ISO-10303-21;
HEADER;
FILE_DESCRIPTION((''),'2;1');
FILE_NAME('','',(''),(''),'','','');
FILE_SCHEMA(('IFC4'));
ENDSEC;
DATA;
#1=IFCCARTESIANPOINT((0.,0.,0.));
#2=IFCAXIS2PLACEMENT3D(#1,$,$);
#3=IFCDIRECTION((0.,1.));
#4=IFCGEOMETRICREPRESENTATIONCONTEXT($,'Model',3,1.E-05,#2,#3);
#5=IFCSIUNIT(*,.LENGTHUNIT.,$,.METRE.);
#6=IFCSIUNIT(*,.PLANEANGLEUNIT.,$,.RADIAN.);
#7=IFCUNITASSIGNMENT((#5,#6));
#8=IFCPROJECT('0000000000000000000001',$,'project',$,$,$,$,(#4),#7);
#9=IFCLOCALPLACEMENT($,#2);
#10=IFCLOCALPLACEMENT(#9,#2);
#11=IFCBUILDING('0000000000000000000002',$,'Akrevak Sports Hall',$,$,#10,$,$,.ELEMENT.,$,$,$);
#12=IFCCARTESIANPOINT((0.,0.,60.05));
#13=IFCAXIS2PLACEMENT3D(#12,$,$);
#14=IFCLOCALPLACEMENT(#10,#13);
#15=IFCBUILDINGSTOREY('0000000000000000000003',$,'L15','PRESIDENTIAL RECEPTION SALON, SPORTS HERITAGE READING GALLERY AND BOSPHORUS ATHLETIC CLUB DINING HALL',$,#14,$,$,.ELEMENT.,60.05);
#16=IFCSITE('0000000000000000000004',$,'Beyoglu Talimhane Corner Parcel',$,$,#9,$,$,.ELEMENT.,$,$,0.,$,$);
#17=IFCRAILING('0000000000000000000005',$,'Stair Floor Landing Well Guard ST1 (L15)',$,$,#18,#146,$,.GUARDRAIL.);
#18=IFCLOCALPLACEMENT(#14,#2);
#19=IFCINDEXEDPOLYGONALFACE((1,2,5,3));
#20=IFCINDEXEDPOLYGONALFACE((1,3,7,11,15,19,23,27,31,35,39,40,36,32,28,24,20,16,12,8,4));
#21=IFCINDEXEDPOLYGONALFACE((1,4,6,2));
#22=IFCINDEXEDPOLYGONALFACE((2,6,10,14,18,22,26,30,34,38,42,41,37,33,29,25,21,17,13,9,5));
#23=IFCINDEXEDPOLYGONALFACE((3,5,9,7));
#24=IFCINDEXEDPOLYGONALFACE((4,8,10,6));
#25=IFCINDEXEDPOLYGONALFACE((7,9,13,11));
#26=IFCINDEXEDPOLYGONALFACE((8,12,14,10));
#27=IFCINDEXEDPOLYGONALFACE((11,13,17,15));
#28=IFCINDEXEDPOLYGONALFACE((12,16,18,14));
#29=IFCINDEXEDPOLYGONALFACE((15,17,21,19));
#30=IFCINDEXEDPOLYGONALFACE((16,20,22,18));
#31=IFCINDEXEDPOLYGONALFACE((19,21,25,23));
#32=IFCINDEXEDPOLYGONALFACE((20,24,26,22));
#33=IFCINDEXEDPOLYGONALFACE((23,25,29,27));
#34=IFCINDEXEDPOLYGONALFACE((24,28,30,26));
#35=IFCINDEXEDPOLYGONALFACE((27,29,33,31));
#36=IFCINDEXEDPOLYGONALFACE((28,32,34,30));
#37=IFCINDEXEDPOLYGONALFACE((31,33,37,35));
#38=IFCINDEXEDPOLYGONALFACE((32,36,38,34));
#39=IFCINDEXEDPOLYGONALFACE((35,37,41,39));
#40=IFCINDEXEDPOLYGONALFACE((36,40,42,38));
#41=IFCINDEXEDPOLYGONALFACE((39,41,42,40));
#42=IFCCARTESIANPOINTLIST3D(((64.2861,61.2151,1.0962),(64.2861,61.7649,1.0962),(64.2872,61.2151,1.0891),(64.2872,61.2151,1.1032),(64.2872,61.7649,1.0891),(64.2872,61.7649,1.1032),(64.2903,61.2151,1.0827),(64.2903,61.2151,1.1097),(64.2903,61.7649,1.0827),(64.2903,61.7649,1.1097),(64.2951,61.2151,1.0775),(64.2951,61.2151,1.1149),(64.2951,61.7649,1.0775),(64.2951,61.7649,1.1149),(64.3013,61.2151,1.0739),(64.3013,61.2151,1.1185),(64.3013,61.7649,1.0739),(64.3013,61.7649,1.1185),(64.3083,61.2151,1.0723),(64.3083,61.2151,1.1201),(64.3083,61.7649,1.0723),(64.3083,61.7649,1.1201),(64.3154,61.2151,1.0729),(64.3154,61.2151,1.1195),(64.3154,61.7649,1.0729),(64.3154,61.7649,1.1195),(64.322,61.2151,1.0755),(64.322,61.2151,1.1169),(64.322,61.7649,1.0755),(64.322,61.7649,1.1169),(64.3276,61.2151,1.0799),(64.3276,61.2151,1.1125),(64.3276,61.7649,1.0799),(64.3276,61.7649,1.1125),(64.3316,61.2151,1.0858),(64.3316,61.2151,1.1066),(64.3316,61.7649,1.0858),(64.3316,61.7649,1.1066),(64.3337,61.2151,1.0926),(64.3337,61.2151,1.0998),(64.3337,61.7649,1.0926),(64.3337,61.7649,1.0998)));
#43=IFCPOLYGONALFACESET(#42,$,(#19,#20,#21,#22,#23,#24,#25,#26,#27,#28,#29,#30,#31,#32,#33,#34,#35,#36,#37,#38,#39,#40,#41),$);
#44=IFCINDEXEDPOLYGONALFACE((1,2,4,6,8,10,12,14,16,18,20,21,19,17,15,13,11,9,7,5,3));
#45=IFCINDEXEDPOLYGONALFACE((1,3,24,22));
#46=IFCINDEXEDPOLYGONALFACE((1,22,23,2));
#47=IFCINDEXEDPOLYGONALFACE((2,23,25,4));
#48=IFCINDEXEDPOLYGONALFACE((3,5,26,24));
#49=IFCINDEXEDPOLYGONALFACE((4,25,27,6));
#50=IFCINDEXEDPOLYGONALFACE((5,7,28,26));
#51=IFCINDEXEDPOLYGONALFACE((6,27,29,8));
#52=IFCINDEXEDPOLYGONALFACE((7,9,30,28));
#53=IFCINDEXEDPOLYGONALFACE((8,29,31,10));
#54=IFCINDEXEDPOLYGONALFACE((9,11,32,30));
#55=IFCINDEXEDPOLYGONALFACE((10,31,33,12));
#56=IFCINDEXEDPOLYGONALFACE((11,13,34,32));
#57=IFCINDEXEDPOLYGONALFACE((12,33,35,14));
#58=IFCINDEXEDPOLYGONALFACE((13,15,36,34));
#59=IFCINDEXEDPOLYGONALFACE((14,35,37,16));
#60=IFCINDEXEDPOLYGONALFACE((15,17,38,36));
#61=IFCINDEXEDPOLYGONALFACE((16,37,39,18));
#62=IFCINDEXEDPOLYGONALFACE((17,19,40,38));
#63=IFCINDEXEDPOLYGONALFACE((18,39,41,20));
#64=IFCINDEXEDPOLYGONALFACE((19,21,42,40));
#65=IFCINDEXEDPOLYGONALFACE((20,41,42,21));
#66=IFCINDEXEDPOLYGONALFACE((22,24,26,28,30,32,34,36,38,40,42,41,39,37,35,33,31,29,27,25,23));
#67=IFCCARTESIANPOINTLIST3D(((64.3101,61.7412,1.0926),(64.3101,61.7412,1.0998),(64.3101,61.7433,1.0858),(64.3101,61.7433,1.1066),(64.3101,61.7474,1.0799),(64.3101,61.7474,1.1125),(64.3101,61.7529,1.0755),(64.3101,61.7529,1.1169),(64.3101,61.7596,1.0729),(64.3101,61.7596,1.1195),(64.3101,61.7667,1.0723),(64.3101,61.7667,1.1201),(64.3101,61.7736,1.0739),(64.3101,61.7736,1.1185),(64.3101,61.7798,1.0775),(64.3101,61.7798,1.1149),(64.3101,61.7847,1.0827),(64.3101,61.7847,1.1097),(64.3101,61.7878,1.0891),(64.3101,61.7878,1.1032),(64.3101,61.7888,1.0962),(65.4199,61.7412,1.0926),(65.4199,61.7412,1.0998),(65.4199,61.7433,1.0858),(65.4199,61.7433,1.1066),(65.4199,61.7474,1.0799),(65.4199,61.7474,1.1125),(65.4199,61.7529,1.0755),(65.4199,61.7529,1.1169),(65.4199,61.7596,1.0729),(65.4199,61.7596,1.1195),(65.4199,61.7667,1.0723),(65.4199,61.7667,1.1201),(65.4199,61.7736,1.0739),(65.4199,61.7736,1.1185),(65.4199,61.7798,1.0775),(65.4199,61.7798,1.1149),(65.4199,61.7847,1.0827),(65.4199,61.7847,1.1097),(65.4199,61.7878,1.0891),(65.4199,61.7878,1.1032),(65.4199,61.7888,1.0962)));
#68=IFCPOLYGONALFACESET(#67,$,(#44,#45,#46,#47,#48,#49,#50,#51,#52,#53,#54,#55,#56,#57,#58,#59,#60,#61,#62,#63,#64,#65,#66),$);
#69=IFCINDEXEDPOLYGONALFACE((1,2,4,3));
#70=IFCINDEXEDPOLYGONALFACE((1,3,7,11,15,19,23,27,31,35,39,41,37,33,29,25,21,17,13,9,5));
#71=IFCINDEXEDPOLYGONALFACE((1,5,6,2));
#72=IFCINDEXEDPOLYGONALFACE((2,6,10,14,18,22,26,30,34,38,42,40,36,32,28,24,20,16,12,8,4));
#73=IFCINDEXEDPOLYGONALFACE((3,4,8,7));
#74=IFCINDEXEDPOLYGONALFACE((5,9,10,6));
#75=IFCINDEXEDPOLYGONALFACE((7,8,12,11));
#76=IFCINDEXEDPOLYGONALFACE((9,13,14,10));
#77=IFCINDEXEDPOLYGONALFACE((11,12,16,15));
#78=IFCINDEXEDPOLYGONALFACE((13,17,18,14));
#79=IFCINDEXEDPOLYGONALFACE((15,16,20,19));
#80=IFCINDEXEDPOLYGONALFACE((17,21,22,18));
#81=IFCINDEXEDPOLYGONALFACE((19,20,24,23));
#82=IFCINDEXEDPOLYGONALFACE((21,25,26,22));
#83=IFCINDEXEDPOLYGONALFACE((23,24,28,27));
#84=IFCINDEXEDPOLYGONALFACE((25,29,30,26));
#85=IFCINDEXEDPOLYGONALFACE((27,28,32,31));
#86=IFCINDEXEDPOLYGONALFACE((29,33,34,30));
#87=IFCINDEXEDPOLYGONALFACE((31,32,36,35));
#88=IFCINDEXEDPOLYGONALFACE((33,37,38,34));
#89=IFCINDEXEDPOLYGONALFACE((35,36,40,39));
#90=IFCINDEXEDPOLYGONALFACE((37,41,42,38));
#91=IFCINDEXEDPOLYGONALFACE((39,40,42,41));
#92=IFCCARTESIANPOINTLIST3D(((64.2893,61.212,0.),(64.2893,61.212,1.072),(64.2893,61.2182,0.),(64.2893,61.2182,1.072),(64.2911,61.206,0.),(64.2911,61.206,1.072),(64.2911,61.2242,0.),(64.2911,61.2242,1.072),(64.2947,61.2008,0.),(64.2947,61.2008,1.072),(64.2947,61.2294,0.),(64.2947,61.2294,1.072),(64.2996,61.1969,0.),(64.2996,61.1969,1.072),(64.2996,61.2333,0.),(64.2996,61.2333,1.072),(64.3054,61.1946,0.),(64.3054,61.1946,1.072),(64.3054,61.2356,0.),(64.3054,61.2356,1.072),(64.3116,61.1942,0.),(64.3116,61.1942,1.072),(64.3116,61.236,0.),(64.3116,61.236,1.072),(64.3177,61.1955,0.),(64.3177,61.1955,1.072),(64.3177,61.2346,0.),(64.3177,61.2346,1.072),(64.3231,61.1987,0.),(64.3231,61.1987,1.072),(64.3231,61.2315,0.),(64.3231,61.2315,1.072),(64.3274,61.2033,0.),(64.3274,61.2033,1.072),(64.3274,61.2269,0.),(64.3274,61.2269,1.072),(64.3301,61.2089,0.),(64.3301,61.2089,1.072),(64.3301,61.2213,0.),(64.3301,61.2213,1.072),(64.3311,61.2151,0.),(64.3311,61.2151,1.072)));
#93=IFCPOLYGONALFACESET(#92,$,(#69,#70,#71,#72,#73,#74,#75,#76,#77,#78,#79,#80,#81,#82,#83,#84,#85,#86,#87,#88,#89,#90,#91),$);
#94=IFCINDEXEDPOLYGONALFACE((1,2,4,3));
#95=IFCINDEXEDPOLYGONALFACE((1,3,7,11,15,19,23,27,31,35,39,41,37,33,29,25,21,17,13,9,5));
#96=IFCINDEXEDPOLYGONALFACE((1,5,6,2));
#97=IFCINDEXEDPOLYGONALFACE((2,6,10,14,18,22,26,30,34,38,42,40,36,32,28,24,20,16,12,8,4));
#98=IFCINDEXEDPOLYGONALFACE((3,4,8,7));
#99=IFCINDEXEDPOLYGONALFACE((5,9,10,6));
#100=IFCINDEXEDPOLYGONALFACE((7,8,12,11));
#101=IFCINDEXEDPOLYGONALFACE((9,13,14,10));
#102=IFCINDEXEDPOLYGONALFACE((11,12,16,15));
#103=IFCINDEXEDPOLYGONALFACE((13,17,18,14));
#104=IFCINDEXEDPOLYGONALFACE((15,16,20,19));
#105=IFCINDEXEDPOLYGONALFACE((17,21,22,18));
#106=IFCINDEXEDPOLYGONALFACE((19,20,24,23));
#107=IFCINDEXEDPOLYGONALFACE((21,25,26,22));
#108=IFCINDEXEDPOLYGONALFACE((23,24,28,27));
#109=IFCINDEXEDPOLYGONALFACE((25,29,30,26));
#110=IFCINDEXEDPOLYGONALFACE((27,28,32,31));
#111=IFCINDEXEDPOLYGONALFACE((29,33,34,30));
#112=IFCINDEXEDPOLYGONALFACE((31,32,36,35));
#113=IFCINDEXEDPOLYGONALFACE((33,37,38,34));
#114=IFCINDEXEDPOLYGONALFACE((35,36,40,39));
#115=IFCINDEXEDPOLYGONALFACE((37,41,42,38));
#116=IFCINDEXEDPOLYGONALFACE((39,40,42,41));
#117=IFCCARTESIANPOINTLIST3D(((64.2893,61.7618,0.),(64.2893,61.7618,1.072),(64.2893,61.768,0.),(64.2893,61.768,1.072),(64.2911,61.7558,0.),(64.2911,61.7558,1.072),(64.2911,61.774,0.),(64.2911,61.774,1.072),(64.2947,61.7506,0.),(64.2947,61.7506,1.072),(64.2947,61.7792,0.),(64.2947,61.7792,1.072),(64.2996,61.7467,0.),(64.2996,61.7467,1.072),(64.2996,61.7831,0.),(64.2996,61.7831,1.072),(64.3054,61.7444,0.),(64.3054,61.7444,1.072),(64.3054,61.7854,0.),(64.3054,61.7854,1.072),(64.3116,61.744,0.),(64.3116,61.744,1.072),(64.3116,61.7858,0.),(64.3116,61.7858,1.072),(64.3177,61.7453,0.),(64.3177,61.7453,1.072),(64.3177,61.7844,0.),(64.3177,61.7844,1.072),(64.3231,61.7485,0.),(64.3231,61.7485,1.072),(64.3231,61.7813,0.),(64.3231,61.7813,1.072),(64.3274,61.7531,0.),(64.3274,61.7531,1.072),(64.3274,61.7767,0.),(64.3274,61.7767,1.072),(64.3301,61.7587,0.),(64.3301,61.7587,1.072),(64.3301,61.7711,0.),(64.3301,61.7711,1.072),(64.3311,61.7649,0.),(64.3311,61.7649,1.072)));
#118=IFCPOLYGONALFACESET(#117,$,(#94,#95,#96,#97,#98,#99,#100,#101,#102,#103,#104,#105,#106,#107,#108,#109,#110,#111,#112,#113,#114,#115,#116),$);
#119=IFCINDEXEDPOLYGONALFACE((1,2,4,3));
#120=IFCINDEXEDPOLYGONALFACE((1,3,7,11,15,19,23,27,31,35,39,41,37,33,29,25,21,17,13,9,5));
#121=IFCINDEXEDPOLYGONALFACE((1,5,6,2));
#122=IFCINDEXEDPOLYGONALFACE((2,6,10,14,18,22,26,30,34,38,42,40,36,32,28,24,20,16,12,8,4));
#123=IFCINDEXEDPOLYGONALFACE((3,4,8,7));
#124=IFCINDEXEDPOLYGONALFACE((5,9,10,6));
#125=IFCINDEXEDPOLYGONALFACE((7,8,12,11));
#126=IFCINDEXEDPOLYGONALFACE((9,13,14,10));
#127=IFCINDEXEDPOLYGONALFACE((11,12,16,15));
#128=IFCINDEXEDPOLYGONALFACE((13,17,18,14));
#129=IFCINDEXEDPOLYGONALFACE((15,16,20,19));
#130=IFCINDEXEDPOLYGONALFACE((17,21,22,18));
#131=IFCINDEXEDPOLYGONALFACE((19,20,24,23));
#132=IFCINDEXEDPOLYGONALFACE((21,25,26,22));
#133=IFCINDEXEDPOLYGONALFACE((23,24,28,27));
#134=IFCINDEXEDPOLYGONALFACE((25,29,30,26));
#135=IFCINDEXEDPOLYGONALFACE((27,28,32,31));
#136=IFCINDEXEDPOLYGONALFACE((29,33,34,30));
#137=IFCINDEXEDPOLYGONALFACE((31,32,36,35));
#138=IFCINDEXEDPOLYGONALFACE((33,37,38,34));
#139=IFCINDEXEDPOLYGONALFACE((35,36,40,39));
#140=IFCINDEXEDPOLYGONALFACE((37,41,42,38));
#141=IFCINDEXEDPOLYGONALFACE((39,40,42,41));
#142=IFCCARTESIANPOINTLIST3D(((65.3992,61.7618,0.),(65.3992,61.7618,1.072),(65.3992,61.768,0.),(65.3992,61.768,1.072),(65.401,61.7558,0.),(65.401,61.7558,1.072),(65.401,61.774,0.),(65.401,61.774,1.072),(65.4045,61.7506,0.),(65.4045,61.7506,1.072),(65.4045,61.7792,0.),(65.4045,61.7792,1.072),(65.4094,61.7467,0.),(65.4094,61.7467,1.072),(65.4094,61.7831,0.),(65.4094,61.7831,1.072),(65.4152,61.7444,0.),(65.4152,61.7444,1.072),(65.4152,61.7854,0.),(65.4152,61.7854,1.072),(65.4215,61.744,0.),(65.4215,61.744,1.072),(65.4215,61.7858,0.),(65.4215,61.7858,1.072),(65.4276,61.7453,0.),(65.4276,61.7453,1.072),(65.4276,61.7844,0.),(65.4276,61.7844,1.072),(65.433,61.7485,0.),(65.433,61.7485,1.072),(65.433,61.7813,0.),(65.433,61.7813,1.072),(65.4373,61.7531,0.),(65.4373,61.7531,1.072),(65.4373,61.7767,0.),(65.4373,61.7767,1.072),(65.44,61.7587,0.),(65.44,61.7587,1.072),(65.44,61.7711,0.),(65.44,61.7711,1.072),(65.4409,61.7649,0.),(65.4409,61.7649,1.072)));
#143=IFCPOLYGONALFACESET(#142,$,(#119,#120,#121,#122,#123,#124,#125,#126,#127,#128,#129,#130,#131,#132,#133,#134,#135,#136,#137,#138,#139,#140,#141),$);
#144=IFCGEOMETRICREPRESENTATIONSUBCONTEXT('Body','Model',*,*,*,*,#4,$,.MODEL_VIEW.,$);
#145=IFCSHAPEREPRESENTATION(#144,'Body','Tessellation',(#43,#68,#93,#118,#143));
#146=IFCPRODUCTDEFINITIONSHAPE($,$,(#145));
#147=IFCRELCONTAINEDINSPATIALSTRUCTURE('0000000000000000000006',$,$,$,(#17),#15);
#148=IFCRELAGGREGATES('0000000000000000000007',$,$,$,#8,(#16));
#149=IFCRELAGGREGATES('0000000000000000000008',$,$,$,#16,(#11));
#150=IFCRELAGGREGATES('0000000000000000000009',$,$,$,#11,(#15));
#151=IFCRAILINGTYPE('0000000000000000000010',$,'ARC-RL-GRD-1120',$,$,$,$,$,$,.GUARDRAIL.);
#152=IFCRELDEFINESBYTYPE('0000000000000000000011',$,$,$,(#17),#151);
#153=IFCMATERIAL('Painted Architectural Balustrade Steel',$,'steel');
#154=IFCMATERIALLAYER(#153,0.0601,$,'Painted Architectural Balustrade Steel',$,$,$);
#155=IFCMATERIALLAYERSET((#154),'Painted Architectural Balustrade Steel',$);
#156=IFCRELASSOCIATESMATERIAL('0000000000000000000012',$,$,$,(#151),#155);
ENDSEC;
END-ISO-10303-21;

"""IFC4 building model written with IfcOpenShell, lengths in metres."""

from ifc_helpers import new_model, si_unit, direction, frame, origin, origin_2d, place, context, subcontext, project, spatial, circle, extrude, material, layer, layer_set, type_object, element, save


model = new_model("IFC4")

# Units and contexts
model_context = context("Model", 3, precision=1e-05, world=origin(), true_north=direction((0.0, 1.0)))
body_context = subcontext(model_context, "Body", "Model", "MODEL_VIEW")
ifc_project = project(units=[si_unit("LENGTHUNIT", "METRE"), si_unit("PLANEANGLEUNIT", "RADIAN")], contexts=[model_context])

# Site, building, storey
site_placement = place(None, origin())
site = spatial("IfcSite", under=ifc_project, at=site_placement, Name="Beyoglu Talimhane Corner Parcel", CompositionType="ELEMENT", RefElevation=0.0)
building_placement = place(site_placement, origin())
building = spatial("IfcBuilding", under=site, at=building_placement, Name="Akrevak Sports Hall", CompositionType="ELEMENT")
storey_placement = place(building_placement, frame((0.0, 0.0, 60.05)))
storey = spatial("IfcBuildingStorey", under=building, at=storey_placement, Name="L15", Description="PRESIDENTIAL RECEPTION SALON, SPORTS HERITAGE READING GALLERY AND BOSPHORUS ATHLETIC CLUB DINING HALL", CompositionType="ELEMENT", Elevation=60.05)

# Railing
ifc_material_1 = material(Name="Painted Architectural Balustrade Steel", Category="steel")
ifc_layer_1 = layer(ifc_material_1, 0.0601, Name="Painted Architectural Balustrade Steel")
ifc_layer_set_1 = layer_set([ifc_layer_1], Name="Painted Architectural Balustrade Steel")
railing_type_1 = type_object("IfcRailingType", Name="ARC-RL-GRD-1120", PredefinedType="GUARDRAIL", material=ifc_layer_set_1)
railing_1_placement = place(storey_placement, frame((64.3101, 61.2151, 0.0)))
element("IfcRailing", 1, at=railing_1_placement, inside=storey, type_object=railing_type_1, Name="Stair Floor Landing Well Guard ST1 (L15)", PredefinedType="GUARDRAIL", context=body_context, shape_type="SweptSolid", body=[
    extrude(circle(Radius=0.0239, at=origin_2d()), frame((0.0, 0.0, 1.0962), z_axis=(0.0, 1.0, 0.0), x_axis=(-1.0, 0.0, 0.0)), (0.0, 0.0, 1.0), 0.5498),
    extrude(circle(Radius=0.0239, at=origin_2d()), frame((0.0, 0.5498, 1.0962), z_axis=(1.0, 0.0, 0.0), x_axis=(0.0, 1.0, 0.0)), (0.0, 0.0, 1.0), 1.1099),
    extrude(circle(Radius=0.021, at=origin_2d()), origin(), (0.0, 0.0, 1.0), 1.072),
    extrude(circle(Radius=0.021, at=origin_2d()), frame((0.0, 0.5498, 0.0)), (0.0, 0.0, 1.0), 1.072),
    extrude(circle(Radius=0.021, at=origin_2d()), frame((1.1099, 0.5498, 0.0)), (0.0, 0.0, 1.0), 1.072),
])

save(model, "model.ifc")
